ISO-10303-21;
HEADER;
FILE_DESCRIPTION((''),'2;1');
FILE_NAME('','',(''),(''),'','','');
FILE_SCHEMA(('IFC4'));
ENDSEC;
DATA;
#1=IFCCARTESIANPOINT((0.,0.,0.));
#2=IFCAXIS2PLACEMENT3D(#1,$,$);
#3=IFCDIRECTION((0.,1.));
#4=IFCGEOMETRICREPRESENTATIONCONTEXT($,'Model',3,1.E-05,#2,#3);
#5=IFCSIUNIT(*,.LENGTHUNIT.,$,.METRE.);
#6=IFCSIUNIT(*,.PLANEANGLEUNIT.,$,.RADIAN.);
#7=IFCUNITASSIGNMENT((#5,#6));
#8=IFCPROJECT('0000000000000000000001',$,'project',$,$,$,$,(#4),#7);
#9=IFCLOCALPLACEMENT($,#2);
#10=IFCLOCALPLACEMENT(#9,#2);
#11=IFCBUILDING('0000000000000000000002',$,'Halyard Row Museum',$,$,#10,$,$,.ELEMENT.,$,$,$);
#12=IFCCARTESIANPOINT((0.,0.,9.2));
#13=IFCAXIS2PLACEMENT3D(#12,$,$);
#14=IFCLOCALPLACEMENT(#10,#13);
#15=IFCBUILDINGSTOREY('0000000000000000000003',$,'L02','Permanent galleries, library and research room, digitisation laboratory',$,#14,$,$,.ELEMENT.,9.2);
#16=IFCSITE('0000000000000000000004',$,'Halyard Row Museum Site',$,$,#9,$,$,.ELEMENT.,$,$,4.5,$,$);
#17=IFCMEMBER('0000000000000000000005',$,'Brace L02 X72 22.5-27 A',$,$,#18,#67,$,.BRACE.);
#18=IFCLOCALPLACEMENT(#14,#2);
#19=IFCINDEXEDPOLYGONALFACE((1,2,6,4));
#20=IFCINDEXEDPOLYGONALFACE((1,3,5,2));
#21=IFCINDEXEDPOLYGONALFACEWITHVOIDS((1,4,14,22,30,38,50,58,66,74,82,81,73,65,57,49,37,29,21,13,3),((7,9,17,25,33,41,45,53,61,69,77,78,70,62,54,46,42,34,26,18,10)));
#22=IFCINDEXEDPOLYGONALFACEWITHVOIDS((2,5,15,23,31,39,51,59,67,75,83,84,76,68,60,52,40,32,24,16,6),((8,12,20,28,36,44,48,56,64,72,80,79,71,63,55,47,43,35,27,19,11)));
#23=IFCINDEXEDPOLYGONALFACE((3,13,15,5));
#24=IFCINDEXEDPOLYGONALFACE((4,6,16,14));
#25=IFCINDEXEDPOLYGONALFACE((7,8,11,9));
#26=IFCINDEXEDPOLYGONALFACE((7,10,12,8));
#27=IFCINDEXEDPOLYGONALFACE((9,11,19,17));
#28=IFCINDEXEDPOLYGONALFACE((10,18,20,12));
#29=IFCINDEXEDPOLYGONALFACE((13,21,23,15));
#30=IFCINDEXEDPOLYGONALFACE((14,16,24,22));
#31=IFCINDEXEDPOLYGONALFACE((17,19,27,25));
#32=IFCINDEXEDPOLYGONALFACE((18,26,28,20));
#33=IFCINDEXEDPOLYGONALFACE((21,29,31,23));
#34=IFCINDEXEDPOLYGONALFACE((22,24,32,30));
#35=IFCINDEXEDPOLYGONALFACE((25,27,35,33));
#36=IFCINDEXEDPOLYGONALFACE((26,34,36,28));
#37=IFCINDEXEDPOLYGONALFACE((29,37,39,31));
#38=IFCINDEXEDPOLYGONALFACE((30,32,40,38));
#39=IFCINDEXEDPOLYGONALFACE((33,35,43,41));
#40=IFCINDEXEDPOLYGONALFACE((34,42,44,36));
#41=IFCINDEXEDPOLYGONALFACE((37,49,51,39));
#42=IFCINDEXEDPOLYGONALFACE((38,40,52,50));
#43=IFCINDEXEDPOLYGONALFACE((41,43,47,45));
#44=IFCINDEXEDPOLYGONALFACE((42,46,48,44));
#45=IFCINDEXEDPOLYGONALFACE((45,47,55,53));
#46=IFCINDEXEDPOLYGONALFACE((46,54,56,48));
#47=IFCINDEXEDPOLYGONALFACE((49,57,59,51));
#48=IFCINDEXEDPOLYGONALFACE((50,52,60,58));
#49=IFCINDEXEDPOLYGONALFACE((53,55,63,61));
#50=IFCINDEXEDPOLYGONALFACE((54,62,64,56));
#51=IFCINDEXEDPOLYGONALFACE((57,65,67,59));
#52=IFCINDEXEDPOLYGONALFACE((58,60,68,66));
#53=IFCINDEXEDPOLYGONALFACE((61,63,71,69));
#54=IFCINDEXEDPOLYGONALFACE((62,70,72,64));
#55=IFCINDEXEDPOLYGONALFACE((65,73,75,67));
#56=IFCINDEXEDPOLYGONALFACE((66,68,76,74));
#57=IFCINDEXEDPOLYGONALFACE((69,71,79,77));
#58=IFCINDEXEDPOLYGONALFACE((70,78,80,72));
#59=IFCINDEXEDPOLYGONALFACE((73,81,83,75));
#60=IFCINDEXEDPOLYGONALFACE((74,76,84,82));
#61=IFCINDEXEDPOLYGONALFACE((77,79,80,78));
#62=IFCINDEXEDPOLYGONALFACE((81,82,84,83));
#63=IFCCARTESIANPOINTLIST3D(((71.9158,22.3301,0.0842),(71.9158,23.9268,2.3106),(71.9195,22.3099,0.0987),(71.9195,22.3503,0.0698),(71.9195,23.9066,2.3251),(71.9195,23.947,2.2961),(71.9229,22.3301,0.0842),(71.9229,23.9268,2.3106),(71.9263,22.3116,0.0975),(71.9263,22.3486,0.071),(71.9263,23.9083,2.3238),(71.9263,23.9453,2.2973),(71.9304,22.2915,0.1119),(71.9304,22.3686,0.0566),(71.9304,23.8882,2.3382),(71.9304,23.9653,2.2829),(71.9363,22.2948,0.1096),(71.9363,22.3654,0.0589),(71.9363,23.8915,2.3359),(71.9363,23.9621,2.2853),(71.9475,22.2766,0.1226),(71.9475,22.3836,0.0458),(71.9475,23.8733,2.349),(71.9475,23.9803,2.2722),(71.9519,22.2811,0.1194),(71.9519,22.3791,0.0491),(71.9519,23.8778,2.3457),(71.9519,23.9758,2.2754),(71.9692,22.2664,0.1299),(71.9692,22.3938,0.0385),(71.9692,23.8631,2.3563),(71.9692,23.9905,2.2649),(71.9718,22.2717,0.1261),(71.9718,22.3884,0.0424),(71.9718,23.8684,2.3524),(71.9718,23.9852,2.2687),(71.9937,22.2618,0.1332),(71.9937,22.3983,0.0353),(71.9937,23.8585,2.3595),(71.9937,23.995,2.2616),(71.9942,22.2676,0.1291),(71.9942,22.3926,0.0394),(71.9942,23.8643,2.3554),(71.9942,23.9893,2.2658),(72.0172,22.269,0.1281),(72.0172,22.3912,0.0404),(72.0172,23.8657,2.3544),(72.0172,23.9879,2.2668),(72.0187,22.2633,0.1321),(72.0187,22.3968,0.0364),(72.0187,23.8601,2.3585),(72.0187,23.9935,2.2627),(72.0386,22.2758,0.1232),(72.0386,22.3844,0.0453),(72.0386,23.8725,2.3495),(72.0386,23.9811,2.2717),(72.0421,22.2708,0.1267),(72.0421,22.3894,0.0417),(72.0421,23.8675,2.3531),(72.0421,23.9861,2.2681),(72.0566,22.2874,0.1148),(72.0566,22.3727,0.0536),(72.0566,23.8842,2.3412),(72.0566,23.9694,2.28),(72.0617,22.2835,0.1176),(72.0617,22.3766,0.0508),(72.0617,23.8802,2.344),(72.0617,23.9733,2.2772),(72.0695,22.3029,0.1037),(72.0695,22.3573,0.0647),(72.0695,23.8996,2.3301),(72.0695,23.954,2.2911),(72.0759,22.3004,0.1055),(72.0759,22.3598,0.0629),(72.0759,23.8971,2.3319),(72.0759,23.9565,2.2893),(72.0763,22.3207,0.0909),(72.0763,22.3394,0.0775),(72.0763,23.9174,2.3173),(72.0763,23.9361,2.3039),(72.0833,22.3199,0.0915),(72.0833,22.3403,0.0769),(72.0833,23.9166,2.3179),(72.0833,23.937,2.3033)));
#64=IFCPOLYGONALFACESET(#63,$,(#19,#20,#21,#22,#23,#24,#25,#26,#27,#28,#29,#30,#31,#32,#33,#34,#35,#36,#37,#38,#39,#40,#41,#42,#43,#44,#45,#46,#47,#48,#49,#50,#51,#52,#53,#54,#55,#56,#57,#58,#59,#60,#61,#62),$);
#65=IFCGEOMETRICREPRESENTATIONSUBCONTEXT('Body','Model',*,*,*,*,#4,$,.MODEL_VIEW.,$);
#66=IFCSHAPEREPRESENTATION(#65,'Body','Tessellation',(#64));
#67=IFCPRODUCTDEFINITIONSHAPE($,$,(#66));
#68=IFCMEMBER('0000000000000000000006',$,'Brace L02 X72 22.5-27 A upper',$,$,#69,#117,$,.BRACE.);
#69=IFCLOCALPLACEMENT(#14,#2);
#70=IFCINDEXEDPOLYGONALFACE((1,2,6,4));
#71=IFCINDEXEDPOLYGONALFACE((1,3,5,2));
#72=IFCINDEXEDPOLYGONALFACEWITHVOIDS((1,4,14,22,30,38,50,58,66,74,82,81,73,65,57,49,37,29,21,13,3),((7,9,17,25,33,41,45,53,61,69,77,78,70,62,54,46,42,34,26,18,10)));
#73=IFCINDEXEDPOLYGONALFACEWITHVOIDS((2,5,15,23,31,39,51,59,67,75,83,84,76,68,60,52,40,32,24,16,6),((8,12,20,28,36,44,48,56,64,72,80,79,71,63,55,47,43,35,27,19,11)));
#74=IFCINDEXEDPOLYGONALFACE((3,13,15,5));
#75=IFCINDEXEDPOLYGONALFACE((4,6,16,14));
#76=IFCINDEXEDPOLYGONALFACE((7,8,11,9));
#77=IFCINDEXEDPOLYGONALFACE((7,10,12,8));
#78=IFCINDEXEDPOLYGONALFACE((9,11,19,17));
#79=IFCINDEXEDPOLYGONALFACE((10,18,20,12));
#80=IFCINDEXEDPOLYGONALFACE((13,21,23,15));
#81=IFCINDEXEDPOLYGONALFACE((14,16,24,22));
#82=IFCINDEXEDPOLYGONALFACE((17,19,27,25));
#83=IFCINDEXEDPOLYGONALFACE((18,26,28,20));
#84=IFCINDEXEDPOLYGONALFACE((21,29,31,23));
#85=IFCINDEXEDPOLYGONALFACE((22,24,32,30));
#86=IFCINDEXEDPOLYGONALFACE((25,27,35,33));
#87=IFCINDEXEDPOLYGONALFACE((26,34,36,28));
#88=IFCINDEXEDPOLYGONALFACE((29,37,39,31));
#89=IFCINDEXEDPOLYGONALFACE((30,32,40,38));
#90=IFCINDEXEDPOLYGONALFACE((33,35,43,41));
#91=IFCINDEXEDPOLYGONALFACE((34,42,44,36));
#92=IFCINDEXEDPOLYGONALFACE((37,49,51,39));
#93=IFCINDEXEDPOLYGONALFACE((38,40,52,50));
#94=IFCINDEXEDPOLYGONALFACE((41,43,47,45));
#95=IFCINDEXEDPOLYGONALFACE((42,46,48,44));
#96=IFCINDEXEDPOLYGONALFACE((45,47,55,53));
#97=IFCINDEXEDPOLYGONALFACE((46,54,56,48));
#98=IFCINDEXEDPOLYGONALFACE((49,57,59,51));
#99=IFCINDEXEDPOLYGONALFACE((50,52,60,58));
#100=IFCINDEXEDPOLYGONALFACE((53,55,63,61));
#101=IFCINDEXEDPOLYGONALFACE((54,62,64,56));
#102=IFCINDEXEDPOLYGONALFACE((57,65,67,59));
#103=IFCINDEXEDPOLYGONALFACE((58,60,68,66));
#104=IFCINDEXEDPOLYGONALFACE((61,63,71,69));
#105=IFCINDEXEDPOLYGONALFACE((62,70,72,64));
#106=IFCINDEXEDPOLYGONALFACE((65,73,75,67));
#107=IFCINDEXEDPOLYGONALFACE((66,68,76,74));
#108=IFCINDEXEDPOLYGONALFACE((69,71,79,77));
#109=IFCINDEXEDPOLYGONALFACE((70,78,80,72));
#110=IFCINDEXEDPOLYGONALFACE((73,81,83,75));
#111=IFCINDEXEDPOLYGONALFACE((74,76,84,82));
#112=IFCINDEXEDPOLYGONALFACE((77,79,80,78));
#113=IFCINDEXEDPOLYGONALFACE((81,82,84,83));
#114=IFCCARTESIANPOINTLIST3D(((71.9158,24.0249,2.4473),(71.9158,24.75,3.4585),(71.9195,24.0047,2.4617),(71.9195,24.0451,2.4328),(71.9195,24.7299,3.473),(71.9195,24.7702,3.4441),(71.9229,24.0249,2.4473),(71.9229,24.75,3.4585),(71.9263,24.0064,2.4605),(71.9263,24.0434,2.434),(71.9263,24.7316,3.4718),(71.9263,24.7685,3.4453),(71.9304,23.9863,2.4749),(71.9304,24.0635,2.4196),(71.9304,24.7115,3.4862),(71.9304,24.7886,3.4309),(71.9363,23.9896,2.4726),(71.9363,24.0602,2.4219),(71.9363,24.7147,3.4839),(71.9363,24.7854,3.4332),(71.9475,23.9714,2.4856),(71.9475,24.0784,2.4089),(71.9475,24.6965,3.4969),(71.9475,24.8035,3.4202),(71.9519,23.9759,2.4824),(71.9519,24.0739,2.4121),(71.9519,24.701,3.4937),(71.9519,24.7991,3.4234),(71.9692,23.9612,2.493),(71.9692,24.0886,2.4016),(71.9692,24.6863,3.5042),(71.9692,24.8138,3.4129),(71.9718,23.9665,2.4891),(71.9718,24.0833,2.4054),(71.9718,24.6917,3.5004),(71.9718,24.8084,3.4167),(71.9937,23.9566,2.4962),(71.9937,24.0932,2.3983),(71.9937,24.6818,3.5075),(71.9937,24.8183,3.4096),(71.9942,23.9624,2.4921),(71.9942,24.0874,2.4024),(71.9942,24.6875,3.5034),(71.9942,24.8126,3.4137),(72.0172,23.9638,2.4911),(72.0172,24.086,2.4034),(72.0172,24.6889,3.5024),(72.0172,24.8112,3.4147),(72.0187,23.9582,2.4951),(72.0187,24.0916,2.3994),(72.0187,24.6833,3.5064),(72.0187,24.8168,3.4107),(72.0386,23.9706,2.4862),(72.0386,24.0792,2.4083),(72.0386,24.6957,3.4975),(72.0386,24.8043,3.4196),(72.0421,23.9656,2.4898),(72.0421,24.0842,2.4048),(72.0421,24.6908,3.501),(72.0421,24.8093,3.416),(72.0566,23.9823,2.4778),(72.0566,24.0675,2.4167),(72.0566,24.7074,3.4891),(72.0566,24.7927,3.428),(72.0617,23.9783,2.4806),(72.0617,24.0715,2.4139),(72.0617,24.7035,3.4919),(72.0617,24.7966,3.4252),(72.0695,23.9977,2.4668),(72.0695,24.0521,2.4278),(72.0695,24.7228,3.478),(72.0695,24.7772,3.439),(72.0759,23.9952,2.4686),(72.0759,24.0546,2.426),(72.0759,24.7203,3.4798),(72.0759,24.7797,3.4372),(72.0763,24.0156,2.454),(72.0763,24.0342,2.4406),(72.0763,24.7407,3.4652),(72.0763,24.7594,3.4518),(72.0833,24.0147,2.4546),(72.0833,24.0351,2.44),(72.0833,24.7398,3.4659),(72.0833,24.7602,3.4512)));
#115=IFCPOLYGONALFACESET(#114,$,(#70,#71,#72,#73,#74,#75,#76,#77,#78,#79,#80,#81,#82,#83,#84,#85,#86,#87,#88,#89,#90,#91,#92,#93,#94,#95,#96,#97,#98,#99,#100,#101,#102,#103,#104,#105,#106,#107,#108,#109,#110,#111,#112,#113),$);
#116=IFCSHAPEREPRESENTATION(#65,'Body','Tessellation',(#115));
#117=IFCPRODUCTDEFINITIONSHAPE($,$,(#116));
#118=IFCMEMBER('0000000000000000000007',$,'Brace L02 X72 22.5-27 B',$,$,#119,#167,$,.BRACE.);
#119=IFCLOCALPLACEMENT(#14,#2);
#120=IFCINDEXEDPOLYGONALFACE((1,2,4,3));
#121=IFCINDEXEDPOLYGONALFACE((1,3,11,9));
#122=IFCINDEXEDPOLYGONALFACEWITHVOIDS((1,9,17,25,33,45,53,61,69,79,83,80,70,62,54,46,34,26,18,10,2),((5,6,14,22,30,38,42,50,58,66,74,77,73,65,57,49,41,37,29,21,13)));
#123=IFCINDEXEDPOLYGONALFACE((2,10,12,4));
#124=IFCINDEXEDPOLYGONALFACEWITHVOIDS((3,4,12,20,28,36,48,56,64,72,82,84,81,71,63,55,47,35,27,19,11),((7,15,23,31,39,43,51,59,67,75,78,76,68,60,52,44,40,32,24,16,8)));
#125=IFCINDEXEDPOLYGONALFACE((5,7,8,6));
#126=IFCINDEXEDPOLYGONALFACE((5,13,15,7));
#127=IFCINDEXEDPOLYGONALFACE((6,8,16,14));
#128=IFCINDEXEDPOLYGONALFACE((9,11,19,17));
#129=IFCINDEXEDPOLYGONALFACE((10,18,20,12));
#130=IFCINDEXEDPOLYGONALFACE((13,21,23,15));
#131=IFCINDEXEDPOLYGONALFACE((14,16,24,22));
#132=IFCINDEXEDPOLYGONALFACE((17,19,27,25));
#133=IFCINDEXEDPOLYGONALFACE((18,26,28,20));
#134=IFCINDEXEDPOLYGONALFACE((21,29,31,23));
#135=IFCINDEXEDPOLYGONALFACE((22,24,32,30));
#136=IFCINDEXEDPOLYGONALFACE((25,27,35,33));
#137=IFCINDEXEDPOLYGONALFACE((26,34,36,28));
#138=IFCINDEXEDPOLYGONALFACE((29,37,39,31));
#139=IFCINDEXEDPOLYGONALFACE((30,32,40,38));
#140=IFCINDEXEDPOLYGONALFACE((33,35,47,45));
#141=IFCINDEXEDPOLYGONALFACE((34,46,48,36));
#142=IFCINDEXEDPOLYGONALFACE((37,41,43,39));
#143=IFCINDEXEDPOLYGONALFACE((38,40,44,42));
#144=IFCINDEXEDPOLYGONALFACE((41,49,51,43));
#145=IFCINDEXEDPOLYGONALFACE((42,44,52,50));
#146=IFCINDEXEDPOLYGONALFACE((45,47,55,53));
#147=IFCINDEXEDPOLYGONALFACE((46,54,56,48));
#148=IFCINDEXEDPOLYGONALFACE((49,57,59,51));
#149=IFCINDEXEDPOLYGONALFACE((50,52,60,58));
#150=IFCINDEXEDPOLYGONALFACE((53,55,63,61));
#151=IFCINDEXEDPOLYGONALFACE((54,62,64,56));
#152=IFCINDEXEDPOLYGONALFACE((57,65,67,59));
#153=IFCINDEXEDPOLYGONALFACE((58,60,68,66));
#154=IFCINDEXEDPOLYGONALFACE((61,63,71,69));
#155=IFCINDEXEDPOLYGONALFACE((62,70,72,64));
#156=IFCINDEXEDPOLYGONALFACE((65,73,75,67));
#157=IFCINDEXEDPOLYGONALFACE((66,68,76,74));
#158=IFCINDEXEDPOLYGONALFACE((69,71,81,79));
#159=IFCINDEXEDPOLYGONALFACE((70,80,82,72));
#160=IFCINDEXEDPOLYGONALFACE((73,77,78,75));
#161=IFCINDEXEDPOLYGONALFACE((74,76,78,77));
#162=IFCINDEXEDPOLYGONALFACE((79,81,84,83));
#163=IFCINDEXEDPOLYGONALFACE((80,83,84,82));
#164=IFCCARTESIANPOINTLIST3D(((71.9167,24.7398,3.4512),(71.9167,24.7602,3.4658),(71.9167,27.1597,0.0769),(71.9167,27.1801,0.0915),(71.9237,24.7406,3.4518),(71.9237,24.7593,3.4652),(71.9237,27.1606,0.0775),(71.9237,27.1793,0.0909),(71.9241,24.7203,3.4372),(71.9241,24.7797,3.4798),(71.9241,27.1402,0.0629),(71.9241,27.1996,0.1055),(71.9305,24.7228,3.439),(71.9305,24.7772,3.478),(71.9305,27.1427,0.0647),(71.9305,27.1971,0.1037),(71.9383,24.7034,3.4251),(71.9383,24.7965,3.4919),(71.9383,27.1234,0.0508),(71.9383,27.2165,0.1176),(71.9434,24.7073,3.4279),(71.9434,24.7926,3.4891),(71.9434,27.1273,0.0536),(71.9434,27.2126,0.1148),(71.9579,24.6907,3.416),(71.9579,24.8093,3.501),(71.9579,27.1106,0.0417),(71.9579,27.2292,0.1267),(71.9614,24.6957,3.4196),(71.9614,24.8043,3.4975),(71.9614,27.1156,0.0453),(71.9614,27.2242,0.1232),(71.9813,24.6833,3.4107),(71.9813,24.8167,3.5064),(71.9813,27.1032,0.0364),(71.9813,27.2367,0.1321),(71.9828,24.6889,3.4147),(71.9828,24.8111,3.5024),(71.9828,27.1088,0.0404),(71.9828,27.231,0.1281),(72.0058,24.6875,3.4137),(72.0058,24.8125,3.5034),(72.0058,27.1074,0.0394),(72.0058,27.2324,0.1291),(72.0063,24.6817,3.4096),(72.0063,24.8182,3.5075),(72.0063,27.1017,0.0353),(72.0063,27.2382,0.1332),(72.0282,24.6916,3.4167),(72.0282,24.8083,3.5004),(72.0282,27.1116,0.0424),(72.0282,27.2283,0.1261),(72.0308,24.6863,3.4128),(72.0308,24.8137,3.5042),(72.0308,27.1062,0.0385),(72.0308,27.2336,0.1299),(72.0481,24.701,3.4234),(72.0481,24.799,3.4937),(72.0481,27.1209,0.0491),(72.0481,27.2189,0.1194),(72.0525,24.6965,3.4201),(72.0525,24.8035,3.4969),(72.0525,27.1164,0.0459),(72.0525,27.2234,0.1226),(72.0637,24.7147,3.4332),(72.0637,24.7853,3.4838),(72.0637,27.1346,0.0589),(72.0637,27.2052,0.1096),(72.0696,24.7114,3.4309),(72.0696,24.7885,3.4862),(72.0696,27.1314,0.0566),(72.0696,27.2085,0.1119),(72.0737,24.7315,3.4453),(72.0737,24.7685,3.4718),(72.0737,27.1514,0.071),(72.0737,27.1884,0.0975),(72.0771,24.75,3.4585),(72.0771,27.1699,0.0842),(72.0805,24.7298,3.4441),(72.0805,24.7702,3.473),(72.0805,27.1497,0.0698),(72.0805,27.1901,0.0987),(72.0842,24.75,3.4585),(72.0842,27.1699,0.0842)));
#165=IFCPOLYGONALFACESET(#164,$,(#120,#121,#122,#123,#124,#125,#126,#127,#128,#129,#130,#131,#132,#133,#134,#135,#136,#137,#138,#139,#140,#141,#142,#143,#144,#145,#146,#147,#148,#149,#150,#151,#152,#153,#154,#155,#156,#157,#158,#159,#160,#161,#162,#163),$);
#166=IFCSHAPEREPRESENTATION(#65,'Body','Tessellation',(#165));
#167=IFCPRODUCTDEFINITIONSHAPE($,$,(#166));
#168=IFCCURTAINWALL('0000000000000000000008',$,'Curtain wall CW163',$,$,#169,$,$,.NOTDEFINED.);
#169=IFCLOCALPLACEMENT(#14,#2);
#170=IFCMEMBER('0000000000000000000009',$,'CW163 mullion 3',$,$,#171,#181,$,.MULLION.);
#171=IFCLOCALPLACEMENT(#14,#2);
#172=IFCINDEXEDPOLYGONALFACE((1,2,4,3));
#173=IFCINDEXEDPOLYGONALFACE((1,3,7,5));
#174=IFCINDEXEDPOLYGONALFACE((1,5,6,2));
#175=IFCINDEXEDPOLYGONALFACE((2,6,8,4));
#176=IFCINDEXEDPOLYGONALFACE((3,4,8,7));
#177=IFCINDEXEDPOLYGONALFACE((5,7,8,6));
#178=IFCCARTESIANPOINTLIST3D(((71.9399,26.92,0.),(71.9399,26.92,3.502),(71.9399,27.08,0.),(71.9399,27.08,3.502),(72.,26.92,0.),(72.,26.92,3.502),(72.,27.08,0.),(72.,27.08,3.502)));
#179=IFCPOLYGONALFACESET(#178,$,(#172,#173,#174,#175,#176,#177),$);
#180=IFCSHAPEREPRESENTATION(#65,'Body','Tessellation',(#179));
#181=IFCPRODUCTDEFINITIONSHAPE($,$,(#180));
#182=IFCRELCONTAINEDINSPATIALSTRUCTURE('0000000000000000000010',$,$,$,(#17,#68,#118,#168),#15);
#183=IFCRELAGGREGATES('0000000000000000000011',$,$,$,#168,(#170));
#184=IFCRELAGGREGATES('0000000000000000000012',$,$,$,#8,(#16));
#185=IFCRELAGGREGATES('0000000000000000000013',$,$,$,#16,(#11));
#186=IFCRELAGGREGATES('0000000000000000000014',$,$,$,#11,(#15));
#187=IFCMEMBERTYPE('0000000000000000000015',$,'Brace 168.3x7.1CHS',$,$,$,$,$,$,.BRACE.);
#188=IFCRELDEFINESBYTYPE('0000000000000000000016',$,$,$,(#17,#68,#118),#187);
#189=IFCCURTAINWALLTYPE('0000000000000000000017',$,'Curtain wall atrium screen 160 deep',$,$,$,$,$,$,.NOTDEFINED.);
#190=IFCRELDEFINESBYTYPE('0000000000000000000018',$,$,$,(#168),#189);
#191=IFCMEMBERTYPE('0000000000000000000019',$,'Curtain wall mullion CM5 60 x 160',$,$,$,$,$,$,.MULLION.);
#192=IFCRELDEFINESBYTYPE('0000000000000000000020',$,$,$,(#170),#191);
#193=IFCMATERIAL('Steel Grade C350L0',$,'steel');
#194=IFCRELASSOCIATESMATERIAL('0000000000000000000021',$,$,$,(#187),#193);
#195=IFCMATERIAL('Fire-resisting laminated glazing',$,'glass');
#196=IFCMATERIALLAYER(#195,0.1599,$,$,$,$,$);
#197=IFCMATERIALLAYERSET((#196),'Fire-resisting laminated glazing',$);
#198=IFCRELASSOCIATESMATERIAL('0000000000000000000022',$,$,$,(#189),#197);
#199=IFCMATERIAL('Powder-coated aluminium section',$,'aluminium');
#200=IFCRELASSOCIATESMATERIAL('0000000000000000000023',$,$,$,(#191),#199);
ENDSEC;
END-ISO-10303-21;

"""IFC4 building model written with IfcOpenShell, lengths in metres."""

from ifc_helpers import new_model, si_unit, direction, frame, origin, origin_2d, place, context, subcontext, project, spatial, rectangle, hollow_circle, extrude, material, layer, layer_set, material_profile, profile_set, type_object, element, aggregate, save


model = new_model("IFC4")

# Units and contexts
model_context = context("Model", 3, precision=1e-05, world=origin(), true_north=direction((0.0, 1.0)))
body_context = subcontext(model_context, "Body", "Model", "MODEL_VIEW")
ifc_project = project(units=[si_unit("LENGTHUNIT", "METRE"), si_unit("PLANEANGLEUNIT", "RADIAN")], contexts=[model_context])

# Site, building, storey
site_placement = place(None, origin())
site = spatial("IfcSite", under=ifc_project, at=site_placement, Name="Halyard Row Museum Site", CompositionType="ELEMENT", RefElevation=4.5)
building_placement = place(site_placement, origin())
building = spatial("IfcBuilding", under=site, at=building_placement, Name="Halyard Row Museum", CompositionType="ELEMENT")
storey_placement = place(building_placement, frame((0.0, 0.0, 9.2)))
storey = spatial("IfcBuildingStorey", under=building, at=storey_placement, Name="L02", Description="Permanent galleries, library and research room, digitisation laboratory", CompositionType="ELEMENT", Elevation=9.2)

# Members
ifc_material_1 = material(Name="Steel Grade C350L0", Category="steel")
ifc_material_profile_1 = material_profile(ifc_material_1, hollow_circle(Radius=0.0842, WallThickness=0.0071, at=origin_2d()), Name="168.3x7.1CHS")
ifc_profile_set_1 = profile_set([ifc_material_profile_1], Name="Steel Grade C350L0")
member_type_1 = type_object("IfcMemberType", Name="Brace 168.3x7.1CHS", PredefinedType="BRACE", material=ifc_profile_set_1)
member_1_placement = place(storey_placement, frame((72.0, 22.3301, 0.0842), z_axis=(0.0, 0.582797, 0.812618), x_axis=(-1.0, 0.0, 0.0)))
element("IfcMember", 1, at=member_1_placement, inside=storey, type_object=member_type_1, Name="Brace L02 X72 22.5-27 A", PredefinedType="BRACE", context=body_context, shape_type="SweptSolid", body=[
    extrude(hollow_circle(Radius=0.0842, WallThickness=0.0071, at=origin_2d()), origin(), (0.0, 0.0, 1.0), 2.7397),
])
member_2_placement = place(storey_placement, frame((72.0, 24.0249, 2.4473), z_axis=(0.0, 0.582722, 0.812672), x_axis=(-1.0, 0.0, 0.0)))
element("IfcMember", 2, at=member_2_placement, inside=storey, type_object=member_type_1, Name="Brace L02 X72 22.5-27 A upper", PredefinedType="BRACE", context=body_context, shape_type="SweptSolid", body=[
    extrude(hollow_circle(Radius=0.0842, WallThickness=0.0071, at=origin_2d()), origin(), (0.0, 0.0, 1.0), 1.2444),
])
member_3_placement = place(storey_placement, frame((72.0, 27.1699, 0.0842), z_axis=(0.0, -0.582789, 0.812624), x_axis=(1.0, 0.0, 0.0)))
element("IfcMember", 3, at=member_3_placement, inside=storey, type_object=member_type_1, Name="Brace L02 X72 22.5-27 B", PredefinedType="BRACE", context=body_context, shape_type="SweptSolid", body=[
    extrude(hollow_circle(Radius=0.0842, WallThickness=0.0071, at=origin_2d()), origin(), (0.0, 0.0, 1.0), 4.1523),
])

# Curtain wall, member
ifc_material_2 = material(Name="Fire-resisting laminated glazing", Category="glass")
ifc_layer_1 = layer(ifc_material_2, 0.1599)
ifc_layer_set_1 = layer_set([ifc_layer_1], Name="Fire-resisting laminated glazing")
curtain_wall_type = type_object("IfcCurtainWallType", Name="Curtain wall atrium screen 160 deep", PredefinedType="NOTDEFINED", material=ifc_layer_set_1)
curtain_wall_placement = place(storey_placement, origin())
curtain_wall = element("IfcCurtainWall", 4, at=curtain_wall_placement, inside=storey, type_object=curtain_wall_type, Name="Curtain wall CW163", PredefinedType="NOTDEFINED")
ifc_material_3 = material(Name="Powder-coated aluminium section", Category="aluminium")
ifc_material_profile_2 = material_profile(ifc_material_3, rectangle(XDim=0.1599, YDim=0.0601, at=origin_2d()), Name="160x60 mullion")
ifc_profile_set_2 = profile_set([ifc_material_profile_2], Name="Powder-coated aluminium section")
member_type_2 = type_object("IfcMemberType", Name="Curtain wall mullion CM5 60 x 160", PredefinedType="MULLION", material=ifc_profile_set_2)
member_4_placement = place(storey_placement, frame((71.97, 27.0, 0.0), z_axis=(0.0, 0.0, 1.0), x_axis=(0.0, 1.0, 0.0)))
member_4 = element("IfcMember", 5, at=member_4_placement, type_object=member_type_2, Name="CW163 mullion 3", PredefinedType="MULLION", context=body_context, shape_type="SweptSolid", body=[
    extrude(rectangle(XDim=0.1599, YDim=0.0601, at=origin_2d()), origin(), (0.0, 0.0, 1.0), 3.502),
])

aggregate(curtain_wall, [member_4])

save(model, "model.ifc")
